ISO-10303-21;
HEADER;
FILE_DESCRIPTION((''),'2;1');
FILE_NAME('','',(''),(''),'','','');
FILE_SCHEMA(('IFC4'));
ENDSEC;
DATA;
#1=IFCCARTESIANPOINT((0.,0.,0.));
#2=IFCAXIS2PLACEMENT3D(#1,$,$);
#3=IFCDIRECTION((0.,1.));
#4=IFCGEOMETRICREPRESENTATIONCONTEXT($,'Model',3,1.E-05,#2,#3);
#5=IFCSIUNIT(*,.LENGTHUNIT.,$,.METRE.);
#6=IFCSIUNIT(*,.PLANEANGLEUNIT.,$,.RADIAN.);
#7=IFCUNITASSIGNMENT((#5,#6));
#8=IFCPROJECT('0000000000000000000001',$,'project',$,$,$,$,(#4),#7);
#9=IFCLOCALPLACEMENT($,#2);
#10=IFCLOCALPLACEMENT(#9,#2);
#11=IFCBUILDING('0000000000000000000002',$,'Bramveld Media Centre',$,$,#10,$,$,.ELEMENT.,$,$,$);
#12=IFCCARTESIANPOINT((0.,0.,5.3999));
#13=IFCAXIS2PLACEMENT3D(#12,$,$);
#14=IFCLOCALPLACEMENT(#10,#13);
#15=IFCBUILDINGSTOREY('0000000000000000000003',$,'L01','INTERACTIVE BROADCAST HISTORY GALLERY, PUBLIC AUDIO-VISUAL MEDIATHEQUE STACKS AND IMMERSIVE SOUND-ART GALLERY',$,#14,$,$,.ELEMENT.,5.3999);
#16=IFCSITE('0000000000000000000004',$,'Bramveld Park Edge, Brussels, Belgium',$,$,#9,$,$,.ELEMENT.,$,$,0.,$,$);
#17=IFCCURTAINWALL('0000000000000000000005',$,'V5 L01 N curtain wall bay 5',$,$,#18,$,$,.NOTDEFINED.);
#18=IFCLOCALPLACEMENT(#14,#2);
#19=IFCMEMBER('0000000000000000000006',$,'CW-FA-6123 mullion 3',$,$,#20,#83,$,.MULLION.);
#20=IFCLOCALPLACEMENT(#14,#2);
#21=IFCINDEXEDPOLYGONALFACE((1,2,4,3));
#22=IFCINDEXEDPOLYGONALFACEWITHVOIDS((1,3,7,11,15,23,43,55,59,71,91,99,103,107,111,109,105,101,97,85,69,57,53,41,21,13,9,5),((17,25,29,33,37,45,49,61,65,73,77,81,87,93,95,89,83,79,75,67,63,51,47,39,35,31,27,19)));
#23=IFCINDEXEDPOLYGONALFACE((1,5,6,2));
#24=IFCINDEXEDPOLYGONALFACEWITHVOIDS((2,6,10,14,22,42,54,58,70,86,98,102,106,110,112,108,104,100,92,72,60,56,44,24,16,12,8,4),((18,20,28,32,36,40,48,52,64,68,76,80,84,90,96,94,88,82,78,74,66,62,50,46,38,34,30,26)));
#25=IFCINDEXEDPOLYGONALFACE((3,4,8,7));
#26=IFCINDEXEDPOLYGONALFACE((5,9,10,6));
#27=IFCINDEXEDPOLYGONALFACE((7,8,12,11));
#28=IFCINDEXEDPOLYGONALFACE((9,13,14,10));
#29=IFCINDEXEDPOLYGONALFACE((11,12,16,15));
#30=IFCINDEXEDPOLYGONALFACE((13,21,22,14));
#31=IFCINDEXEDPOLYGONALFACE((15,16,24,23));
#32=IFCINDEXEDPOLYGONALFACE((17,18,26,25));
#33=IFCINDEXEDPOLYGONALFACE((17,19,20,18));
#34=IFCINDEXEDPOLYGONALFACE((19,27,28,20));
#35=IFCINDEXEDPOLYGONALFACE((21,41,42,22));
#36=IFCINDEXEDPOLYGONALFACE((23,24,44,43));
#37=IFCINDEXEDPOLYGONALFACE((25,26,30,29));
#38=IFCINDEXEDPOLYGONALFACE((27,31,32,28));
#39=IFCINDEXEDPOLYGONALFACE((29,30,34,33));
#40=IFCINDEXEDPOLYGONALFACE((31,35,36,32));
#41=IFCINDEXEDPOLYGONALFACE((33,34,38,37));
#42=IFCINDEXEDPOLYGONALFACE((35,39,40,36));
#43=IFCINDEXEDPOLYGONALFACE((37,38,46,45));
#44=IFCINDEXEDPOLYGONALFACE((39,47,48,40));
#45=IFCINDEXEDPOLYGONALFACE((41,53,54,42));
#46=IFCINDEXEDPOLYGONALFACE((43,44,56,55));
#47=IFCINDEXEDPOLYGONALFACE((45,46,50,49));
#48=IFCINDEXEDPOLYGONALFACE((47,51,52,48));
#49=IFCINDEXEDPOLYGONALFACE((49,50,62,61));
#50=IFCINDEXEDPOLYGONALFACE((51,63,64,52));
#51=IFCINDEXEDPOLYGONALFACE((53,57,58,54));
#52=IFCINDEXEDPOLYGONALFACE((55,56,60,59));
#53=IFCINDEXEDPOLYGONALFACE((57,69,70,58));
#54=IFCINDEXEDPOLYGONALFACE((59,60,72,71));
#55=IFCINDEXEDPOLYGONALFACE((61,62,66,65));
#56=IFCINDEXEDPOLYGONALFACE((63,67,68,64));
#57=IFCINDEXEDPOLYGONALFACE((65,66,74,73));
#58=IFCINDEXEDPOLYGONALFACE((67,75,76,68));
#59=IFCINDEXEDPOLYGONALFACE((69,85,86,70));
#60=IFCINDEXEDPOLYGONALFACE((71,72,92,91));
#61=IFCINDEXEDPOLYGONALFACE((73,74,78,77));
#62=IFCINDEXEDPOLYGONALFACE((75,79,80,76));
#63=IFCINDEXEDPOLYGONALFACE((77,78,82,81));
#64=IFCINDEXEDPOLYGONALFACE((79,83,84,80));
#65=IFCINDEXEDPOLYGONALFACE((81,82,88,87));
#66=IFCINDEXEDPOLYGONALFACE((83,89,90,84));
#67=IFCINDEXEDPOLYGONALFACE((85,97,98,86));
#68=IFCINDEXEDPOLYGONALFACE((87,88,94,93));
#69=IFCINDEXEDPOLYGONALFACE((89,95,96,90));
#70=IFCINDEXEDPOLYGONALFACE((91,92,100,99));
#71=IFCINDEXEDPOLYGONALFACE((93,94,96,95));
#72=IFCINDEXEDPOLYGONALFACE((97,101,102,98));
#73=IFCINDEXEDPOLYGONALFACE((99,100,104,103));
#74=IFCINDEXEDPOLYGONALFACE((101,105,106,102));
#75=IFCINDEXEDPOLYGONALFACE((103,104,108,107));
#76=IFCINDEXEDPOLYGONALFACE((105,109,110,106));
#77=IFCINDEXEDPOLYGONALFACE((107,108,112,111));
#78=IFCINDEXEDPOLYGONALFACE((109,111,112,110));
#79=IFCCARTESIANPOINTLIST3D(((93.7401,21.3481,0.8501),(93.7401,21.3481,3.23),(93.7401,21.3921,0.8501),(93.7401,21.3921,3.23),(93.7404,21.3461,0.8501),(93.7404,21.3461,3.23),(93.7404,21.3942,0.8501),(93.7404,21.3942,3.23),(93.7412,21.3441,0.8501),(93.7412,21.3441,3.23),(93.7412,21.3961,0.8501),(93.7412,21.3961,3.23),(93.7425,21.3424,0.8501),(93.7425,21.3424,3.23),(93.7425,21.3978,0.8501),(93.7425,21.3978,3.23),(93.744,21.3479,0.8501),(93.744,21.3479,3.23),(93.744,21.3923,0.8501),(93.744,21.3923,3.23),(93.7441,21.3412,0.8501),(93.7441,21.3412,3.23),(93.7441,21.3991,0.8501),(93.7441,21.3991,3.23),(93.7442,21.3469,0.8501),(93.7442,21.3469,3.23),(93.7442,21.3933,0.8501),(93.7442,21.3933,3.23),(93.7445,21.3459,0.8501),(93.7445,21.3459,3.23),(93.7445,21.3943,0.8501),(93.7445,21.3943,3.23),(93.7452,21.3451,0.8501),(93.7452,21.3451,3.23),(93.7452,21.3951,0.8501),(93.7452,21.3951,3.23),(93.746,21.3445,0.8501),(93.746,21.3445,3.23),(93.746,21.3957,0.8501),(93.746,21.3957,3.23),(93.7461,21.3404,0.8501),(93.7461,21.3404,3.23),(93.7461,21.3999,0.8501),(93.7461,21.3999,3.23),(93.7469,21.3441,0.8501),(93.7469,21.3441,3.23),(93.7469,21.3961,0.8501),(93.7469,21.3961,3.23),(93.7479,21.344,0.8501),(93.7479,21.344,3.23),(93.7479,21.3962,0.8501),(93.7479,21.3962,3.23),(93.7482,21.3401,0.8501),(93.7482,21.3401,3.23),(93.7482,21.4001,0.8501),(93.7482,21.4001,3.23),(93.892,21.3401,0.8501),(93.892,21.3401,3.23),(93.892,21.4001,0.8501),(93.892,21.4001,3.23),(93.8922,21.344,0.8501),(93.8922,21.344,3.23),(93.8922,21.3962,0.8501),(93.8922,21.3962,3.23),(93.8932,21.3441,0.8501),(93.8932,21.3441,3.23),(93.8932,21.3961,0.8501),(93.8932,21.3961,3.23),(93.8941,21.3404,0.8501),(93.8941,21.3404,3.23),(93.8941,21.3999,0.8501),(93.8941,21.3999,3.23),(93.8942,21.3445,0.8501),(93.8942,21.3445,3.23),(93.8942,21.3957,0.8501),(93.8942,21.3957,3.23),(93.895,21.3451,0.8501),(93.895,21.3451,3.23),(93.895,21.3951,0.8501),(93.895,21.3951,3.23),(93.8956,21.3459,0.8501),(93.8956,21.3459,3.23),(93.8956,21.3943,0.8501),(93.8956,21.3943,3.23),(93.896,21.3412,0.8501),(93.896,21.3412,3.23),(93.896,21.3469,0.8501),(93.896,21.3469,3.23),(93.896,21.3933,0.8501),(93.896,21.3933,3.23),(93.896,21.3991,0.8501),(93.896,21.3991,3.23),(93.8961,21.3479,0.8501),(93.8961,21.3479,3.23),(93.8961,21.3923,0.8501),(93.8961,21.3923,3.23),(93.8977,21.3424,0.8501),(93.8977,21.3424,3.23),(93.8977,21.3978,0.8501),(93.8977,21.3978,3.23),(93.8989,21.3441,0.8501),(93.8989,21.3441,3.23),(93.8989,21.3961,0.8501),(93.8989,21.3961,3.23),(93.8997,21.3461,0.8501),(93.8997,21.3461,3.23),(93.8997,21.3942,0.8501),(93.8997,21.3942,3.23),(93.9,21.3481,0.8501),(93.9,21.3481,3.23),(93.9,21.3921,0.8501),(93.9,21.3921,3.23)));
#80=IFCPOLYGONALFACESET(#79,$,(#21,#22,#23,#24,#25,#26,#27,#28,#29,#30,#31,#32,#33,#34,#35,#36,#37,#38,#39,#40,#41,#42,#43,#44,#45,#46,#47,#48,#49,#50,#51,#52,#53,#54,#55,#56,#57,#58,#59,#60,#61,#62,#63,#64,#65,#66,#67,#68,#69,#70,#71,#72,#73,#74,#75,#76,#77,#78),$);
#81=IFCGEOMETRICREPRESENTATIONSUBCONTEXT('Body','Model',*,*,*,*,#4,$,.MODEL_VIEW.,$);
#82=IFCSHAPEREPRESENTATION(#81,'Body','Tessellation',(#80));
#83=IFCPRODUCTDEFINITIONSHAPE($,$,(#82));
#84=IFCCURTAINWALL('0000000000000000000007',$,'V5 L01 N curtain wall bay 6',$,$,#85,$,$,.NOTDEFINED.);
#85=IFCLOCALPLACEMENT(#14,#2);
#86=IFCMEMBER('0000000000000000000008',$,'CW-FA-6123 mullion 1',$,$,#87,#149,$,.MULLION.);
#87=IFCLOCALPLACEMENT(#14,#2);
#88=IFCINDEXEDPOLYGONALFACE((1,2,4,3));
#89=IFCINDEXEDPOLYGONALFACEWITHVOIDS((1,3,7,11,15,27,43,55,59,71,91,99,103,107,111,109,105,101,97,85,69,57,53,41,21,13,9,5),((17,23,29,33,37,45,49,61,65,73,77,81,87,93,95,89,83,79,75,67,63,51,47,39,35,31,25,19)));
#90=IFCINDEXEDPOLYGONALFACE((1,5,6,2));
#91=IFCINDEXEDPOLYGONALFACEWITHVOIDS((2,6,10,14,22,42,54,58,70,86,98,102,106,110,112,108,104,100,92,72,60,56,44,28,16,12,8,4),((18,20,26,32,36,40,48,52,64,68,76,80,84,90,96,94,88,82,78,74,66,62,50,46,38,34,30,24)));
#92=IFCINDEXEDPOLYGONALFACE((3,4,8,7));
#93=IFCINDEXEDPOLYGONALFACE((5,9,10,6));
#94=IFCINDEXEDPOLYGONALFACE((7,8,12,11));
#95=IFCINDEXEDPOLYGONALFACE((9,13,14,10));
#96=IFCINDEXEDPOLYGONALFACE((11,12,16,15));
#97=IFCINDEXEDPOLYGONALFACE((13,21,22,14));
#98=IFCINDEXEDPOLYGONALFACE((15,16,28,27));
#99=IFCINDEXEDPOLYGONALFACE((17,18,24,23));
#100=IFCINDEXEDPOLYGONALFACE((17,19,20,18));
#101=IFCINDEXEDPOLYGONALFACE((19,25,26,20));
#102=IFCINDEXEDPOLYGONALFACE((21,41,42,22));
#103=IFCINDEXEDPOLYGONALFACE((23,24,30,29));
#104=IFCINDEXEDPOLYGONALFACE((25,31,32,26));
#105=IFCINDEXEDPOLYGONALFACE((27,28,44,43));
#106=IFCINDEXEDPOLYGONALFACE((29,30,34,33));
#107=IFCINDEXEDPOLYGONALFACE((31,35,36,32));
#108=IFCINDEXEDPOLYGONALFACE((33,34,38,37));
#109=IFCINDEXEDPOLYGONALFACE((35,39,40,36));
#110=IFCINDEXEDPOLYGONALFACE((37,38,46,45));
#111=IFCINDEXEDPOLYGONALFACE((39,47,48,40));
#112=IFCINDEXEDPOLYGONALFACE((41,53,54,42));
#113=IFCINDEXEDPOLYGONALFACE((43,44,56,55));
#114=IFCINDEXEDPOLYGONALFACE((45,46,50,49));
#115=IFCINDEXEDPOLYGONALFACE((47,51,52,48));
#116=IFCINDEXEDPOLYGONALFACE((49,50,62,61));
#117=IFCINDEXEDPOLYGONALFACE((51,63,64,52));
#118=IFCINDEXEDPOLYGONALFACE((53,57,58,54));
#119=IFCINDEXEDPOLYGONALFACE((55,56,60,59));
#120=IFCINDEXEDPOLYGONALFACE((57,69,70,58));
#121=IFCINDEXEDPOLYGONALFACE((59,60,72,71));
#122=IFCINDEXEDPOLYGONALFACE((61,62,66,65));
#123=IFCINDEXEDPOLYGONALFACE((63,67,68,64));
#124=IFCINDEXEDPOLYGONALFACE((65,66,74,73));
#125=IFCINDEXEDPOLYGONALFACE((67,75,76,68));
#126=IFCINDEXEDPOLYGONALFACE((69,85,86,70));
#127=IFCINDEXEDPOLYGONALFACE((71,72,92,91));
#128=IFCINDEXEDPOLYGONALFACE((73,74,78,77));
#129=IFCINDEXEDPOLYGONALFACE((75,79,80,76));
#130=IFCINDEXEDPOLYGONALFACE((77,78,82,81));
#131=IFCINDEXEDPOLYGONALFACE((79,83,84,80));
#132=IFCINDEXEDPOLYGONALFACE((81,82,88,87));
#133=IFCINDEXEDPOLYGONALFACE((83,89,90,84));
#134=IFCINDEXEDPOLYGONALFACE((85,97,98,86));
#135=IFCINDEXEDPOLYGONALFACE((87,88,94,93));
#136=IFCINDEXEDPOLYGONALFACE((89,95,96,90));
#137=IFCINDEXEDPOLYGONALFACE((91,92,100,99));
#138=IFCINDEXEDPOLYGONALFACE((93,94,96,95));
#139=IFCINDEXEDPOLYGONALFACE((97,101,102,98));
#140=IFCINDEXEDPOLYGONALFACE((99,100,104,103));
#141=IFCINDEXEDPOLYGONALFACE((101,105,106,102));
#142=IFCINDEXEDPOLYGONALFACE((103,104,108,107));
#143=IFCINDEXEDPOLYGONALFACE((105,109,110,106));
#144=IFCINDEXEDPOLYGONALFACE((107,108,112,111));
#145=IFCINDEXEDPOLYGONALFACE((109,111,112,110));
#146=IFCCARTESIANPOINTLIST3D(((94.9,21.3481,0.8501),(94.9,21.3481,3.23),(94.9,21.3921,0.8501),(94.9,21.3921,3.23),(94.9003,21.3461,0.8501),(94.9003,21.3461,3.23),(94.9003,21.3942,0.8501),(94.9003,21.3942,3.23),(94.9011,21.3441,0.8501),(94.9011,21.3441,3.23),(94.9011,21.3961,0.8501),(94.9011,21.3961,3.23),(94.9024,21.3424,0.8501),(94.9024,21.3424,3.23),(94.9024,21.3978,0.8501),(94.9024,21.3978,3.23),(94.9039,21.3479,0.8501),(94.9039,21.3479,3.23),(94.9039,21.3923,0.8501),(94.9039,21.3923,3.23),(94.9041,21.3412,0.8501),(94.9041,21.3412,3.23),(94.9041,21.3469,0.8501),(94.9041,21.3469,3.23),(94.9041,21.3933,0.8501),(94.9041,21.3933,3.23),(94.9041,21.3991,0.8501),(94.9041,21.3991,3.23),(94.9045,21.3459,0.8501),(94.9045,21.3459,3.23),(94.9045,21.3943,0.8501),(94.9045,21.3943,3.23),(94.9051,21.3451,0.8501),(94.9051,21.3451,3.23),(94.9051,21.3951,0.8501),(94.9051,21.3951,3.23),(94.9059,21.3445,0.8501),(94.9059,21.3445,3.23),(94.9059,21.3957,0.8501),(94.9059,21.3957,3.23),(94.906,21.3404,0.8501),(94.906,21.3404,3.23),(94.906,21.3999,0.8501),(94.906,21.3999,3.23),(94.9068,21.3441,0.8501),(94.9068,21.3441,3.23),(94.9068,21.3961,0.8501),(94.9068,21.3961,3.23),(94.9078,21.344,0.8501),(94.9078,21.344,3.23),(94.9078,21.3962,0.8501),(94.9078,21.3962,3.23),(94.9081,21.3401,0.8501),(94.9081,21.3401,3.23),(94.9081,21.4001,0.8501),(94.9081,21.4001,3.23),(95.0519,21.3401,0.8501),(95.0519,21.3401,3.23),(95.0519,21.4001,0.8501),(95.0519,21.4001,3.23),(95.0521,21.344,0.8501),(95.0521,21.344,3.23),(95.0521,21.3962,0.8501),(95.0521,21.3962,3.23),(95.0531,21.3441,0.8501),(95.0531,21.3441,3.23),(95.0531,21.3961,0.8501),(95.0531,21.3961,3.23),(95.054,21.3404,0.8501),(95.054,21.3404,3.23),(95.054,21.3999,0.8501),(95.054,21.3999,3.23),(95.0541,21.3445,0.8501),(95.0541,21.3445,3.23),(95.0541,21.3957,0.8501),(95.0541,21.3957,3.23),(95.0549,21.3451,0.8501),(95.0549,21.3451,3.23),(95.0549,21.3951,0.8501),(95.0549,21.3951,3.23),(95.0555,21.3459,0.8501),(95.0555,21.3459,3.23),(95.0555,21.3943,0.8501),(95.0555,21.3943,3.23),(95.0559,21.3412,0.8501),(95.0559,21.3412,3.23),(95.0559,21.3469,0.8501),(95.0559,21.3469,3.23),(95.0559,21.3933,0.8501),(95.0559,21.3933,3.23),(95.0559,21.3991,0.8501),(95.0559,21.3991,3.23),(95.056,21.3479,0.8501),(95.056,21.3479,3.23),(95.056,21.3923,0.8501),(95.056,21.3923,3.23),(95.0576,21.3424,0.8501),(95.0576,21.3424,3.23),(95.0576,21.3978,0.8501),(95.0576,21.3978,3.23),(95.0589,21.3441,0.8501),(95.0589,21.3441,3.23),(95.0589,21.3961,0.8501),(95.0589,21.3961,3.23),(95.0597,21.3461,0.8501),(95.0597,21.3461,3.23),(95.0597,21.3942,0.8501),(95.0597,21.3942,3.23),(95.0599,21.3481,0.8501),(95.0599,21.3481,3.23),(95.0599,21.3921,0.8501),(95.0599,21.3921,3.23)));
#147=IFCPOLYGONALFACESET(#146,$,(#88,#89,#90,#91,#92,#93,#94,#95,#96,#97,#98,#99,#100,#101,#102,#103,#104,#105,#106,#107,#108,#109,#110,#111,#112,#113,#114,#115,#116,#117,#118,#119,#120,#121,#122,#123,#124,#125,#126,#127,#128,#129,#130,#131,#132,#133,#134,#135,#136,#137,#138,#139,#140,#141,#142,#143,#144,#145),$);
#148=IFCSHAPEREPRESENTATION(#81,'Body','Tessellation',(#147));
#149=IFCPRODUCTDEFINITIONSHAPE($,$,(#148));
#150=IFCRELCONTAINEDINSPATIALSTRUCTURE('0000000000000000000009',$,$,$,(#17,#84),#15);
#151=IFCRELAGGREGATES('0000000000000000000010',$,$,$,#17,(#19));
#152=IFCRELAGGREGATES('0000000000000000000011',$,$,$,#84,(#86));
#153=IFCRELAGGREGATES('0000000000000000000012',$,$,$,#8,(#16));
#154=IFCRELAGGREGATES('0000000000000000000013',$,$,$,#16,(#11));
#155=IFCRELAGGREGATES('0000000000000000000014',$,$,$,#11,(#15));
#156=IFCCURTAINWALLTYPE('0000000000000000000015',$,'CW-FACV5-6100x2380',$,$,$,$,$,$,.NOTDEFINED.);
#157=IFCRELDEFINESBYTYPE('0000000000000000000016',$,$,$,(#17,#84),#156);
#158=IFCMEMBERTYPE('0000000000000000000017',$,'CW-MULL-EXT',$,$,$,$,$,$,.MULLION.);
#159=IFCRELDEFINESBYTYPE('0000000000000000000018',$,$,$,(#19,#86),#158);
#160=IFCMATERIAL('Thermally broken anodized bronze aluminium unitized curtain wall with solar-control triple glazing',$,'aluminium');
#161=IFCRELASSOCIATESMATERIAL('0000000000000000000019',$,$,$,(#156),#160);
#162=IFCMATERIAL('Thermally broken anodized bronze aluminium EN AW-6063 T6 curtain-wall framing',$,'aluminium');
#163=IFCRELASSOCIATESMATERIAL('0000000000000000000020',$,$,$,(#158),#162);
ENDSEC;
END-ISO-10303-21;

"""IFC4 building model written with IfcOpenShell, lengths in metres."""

from ifc_helpers import new_model, si_unit, direction, frame, origin, origin_2d, place, context, subcontext, project, spatial, hollow_rectangle, extrude, material, material_profile, profile_set, type_object, element, aggregate, save


model = new_model("IFC4")

# Units and contexts
model_context = context("Model", 3, precision=1e-05, world=origin(), true_north=direction((0.0, 1.0)))
body_context = subcontext(model_context, "Body", "Model", "MODEL_VIEW")
ifc_project = project(units=[si_unit("LENGTHUNIT", "METRE"), si_unit("PLANEANGLEUNIT", "RADIAN")], contexts=[model_context])

# Site, building, storey
site_placement = place(None, origin())
site = spatial("IfcSite", under=ifc_project, at=site_placement, Name="Bramveld Park Edge, Brussels, Belgium", CompositionType="ELEMENT", RefElevation=0.0)
building_placement = place(site_placement, origin())
building = spatial("IfcBuilding", under=site, at=building_placement, Name="Bramveld Media Centre", CompositionType="ELEMENT")
storey_placement = place(building_placement, frame((0.0, 0.0, 5.3999)))
storey = spatial("IfcBuildingStorey", under=building, at=storey_placement, Name="L01", Description="INTERACTIVE BROADCAST HISTORY GALLERY, PUBLIC AUDIO-VISUAL MEDIATHEQUE STACKS AND IMMERSIVE SOUND-ART GALLERY", CompositionType="ELEMENT", Elevation=5.3999)

# Curtain wall, member
ifc_material_1 = material(Name="Thermally broken anodized bronze aluminium unitized curtain wall with solar-control triple glazing", Category="aluminium")
curtain_wall_type = type_object("IfcCurtainWallType", Name="CW-FACV5-6100x2380", PredefinedType="NOTDEFINED", material=ifc_material_1)
curtain_wall_1_placement = place(storey_placement, origin())
curtain_wall_1 = element("IfcCurtainWall", 1, at=curtain_wall_1_placement, inside=storey, type_object=curtain_wall_type, Name="V5 L01 N curtain wall bay 5", PredefinedType="NOTDEFINED")
ifc_material_2 = material(Name="Thermally broken anodized bronze aluminium EN AW-6063 T6 curtain-wall framing", Category="aluminium")
ifc_material_profile_1 = material_profile(ifc_material_2, hollow_rectangle(XDim=0.0601, YDim=0.1599, WallThickness=0.0039, InnerFilletRadius=0.0039, OuterFilletRadius=0.0081, at=origin_2d()), Name="AL-MULL 60x160")
ifc_profile_set_1 = profile_set([ifc_material_profile_1], Name="Thermally broken anodized bronze aluminium EN AW-6063 T6 curtain-wall framing")
member_type_1 = type_object("IfcMemberType", Name="CW-MULL-EXT", PredefinedType="MULLION", material=ifc_profile_set_1)
member_1_placement = place(storey_placement, frame((93.8201, 21.3701, 0.8501), z_axis=(0.0, 0.0, 1.0), x_axis=(0.0, 1.0, 0.0)))
member_1 = element("IfcMember", 2, at=member_1_placement, type_object=member_type_1, Name="CW-FA-6123 mullion 3", PredefinedType="MULLION", context=body_context, shape_type="SweptSolid", body=[
    extrude(hollow_rectangle(XDim=0.0601, YDim=0.1599, WallThickness=0.0039, InnerFilletRadius=0.0039, OuterFilletRadius=0.0081, at=origin_2d()), origin(), (0.0, 0.0, 1.0), 2.3799),
])

# Curtain wall, member
curtain_wall_2_placement = place(storey_placement, origin())
curtain_wall_2 = element("IfcCurtainWall", 3, at=curtain_wall_2_placement, inside=storey, type_object=curtain_wall_type, Name="V5 L01 N curtain wall bay 6", PredefinedType="NOTDEFINED")
member_2_placement = place(storey_placement, frame((94.98, 21.3701, 0.8501), z_axis=(0.0, 0.0, 1.0), x_axis=(0.0, 1.0, 0.0)))
member_2 = element("IfcMember", 4, at=member_2_placement, type_object=member_type_1, Name="CW-FA-6123 mullion 1", PredefinedType="MULLION", context=body_context, shape_type="SweptSolid", body=[
    extrude(hollow_rectangle(XDim=0.0601, YDim=0.1599, WallThickness=0.0039, InnerFilletRadius=0.0039, OuterFilletRadius=0.0081, at=origin_2d()), origin(), (0.0, 0.0, 1.0), 2.3799),
])

aggregate(curtain_wall_1, [member_1])
aggregate(curtain_wall_2, [member_2])

save(model, "model.ifc")
